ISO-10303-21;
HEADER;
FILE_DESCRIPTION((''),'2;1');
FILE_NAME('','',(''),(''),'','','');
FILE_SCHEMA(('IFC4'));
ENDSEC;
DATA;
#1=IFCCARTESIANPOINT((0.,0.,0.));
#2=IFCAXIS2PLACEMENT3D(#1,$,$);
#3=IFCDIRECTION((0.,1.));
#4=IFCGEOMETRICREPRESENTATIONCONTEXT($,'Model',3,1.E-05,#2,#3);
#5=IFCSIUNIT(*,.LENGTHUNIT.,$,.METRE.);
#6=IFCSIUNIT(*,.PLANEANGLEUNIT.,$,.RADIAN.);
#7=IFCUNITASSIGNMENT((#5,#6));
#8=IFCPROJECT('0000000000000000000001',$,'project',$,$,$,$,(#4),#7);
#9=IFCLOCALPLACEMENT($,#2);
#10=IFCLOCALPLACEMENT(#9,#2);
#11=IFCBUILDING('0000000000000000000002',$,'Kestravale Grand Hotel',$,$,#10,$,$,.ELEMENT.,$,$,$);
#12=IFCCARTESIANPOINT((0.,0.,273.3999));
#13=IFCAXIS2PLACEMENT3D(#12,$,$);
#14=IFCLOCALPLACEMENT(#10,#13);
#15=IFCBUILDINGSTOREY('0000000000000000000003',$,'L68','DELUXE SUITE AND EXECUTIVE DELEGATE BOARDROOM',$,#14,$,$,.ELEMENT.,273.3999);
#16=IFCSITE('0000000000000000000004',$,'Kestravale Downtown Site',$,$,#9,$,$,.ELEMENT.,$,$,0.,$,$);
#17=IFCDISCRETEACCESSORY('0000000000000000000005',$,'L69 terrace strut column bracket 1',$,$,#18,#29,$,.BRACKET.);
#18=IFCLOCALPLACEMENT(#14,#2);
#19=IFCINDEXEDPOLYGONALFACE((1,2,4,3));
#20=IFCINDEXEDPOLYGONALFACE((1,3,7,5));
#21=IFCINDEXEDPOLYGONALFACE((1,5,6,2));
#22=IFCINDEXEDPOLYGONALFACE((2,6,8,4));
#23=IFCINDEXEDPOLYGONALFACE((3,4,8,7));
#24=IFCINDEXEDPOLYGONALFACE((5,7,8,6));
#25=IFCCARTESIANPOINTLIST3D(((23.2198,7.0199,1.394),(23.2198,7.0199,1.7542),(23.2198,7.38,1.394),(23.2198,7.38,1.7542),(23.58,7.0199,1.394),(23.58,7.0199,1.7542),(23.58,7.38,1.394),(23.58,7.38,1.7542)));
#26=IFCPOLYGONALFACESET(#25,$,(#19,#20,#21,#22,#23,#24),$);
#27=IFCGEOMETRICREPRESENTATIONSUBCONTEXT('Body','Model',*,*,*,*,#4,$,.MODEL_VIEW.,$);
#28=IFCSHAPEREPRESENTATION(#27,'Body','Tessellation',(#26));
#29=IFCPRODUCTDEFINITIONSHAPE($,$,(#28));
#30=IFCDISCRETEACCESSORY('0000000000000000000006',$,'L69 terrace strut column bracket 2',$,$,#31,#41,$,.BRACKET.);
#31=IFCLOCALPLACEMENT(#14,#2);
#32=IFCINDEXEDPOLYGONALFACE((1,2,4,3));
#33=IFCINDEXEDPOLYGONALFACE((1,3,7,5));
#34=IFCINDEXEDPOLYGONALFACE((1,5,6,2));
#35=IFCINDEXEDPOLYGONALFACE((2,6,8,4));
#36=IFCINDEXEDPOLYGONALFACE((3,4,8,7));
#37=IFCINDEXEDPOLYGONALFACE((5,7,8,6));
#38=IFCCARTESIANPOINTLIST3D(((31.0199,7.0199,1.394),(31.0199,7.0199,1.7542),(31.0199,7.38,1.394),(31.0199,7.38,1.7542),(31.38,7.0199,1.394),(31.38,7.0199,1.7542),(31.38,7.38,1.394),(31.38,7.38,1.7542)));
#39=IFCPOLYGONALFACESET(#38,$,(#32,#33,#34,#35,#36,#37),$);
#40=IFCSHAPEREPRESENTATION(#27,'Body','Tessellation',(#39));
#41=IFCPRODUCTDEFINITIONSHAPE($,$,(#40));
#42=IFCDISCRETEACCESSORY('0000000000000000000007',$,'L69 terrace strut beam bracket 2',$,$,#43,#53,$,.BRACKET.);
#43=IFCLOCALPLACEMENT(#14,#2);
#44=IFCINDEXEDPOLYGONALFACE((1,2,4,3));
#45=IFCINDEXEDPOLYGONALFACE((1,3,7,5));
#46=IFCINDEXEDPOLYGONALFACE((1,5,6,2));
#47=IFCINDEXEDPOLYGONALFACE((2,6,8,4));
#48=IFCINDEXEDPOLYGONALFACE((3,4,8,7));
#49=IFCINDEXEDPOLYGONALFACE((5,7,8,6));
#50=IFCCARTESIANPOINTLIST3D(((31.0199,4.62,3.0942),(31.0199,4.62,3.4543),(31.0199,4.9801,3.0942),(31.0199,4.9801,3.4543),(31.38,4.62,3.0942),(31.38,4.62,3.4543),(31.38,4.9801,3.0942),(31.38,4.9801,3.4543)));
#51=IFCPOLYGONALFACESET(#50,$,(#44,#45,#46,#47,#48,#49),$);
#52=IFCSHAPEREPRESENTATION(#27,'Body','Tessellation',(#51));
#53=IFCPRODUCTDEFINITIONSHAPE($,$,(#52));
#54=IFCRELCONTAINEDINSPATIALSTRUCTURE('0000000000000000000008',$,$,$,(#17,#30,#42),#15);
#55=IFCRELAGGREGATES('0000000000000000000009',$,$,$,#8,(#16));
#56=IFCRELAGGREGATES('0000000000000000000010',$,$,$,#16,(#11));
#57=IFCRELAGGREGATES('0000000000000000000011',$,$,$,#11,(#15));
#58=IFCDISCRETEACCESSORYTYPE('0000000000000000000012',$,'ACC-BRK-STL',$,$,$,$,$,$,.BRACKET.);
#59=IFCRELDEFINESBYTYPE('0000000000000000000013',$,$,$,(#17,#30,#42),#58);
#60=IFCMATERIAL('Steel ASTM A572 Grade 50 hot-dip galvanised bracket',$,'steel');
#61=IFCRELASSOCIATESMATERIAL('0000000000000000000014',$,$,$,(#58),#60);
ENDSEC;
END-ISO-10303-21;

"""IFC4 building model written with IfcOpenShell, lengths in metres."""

from ifc_helpers import new_model, si_unit, direction, frame, origin, origin_2d, place, context, subcontext, project, spatial, rectangle, extrude, material, type_object, element, save


model = new_model("IFC4")

# Units and contexts
model_context = context("Model", 3, precision=1e-05, world=origin(), true_north=direction((0.0, 1.0)))
body_context = subcontext(model_context, "Body", "Model", "MODEL_VIEW")
ifc_project = project(units=[si_unit("LENGTHUNIT", "METRE"), si_unit("PLANEANGLEUNIT", "RADIAN")], contexts=[model_context])

# Site, building, storey
site_placement = place(None, origin())
site = spatial("IfcSite", under=ifc_project, at=site_placement, Name="Kestravale Downtown Site", CompositionType="ELEMENT", RefElevation=0.0)
building_placement = place(site_placement, origin())
building = spatial("IfcBuilding", under=site, at=building_placement, Name="Kestravale Grand Hotel", CompositionType="ELEMENT")
storey_placement = place(building_placement, frame((0.0, 0.0, 273.3999)))
storey = spatial("IfcBuildingStorey", under=building, at=storey_placement, Name="L68", Description="DELUXE SUITE AND EXECUTIVE DELEGATE BOARDROOM", CompositionType="ELEMENT", Elevation=273.3999)

# Discrete accessories
ifc_material_1 = material(Name="Steel ASTM A572 Grade 50 hot-dip galvanised bracket", Category="steel")
discrete_accessory_type = type_object("IfcDiscreteAccessoryType", Name="ACC-BRK-STL", PredefinedType="BRACKET", material=ifc_material_1)
for number, where, z_axis, x_axis, name in (
    (1, (23.3999, 7.2, 1.394), (0.0, 0.0, 1.0), (1.0, 0.0, 0.0), "L69 terrace strut column bracket 1"),
    (2, (31.2, 7.2, 1.394), (0.0, 0.0, 1.0), (1.0, 0.0, 0.0), "L69 terrace strut column bracket 2"),
    (3, (31.2, 4.8, 3.0942), (0.0, 0.0, 1.0), (1.0, 0.0, 0.0), "L69 terrace strut beam bracket 2"),
):
    element("IfcDiscreteAccessory", number, at=place(storey_placement, frame(where, z_axis=z_axis, x_axis=x_axis)), inside=storey, type_object=discrete_accessory_type, Name=name, PredefinedType="BRACKET", context=body_context, shape_type="SweptSolid", body=[
        extrude(rectangle(XDim=0.3601, YDim=0.3601, at=origin_2d()), origin(), (0.0, 0.0, 1.0), 0.3601),
    ])

save(model, "model.ifc")
